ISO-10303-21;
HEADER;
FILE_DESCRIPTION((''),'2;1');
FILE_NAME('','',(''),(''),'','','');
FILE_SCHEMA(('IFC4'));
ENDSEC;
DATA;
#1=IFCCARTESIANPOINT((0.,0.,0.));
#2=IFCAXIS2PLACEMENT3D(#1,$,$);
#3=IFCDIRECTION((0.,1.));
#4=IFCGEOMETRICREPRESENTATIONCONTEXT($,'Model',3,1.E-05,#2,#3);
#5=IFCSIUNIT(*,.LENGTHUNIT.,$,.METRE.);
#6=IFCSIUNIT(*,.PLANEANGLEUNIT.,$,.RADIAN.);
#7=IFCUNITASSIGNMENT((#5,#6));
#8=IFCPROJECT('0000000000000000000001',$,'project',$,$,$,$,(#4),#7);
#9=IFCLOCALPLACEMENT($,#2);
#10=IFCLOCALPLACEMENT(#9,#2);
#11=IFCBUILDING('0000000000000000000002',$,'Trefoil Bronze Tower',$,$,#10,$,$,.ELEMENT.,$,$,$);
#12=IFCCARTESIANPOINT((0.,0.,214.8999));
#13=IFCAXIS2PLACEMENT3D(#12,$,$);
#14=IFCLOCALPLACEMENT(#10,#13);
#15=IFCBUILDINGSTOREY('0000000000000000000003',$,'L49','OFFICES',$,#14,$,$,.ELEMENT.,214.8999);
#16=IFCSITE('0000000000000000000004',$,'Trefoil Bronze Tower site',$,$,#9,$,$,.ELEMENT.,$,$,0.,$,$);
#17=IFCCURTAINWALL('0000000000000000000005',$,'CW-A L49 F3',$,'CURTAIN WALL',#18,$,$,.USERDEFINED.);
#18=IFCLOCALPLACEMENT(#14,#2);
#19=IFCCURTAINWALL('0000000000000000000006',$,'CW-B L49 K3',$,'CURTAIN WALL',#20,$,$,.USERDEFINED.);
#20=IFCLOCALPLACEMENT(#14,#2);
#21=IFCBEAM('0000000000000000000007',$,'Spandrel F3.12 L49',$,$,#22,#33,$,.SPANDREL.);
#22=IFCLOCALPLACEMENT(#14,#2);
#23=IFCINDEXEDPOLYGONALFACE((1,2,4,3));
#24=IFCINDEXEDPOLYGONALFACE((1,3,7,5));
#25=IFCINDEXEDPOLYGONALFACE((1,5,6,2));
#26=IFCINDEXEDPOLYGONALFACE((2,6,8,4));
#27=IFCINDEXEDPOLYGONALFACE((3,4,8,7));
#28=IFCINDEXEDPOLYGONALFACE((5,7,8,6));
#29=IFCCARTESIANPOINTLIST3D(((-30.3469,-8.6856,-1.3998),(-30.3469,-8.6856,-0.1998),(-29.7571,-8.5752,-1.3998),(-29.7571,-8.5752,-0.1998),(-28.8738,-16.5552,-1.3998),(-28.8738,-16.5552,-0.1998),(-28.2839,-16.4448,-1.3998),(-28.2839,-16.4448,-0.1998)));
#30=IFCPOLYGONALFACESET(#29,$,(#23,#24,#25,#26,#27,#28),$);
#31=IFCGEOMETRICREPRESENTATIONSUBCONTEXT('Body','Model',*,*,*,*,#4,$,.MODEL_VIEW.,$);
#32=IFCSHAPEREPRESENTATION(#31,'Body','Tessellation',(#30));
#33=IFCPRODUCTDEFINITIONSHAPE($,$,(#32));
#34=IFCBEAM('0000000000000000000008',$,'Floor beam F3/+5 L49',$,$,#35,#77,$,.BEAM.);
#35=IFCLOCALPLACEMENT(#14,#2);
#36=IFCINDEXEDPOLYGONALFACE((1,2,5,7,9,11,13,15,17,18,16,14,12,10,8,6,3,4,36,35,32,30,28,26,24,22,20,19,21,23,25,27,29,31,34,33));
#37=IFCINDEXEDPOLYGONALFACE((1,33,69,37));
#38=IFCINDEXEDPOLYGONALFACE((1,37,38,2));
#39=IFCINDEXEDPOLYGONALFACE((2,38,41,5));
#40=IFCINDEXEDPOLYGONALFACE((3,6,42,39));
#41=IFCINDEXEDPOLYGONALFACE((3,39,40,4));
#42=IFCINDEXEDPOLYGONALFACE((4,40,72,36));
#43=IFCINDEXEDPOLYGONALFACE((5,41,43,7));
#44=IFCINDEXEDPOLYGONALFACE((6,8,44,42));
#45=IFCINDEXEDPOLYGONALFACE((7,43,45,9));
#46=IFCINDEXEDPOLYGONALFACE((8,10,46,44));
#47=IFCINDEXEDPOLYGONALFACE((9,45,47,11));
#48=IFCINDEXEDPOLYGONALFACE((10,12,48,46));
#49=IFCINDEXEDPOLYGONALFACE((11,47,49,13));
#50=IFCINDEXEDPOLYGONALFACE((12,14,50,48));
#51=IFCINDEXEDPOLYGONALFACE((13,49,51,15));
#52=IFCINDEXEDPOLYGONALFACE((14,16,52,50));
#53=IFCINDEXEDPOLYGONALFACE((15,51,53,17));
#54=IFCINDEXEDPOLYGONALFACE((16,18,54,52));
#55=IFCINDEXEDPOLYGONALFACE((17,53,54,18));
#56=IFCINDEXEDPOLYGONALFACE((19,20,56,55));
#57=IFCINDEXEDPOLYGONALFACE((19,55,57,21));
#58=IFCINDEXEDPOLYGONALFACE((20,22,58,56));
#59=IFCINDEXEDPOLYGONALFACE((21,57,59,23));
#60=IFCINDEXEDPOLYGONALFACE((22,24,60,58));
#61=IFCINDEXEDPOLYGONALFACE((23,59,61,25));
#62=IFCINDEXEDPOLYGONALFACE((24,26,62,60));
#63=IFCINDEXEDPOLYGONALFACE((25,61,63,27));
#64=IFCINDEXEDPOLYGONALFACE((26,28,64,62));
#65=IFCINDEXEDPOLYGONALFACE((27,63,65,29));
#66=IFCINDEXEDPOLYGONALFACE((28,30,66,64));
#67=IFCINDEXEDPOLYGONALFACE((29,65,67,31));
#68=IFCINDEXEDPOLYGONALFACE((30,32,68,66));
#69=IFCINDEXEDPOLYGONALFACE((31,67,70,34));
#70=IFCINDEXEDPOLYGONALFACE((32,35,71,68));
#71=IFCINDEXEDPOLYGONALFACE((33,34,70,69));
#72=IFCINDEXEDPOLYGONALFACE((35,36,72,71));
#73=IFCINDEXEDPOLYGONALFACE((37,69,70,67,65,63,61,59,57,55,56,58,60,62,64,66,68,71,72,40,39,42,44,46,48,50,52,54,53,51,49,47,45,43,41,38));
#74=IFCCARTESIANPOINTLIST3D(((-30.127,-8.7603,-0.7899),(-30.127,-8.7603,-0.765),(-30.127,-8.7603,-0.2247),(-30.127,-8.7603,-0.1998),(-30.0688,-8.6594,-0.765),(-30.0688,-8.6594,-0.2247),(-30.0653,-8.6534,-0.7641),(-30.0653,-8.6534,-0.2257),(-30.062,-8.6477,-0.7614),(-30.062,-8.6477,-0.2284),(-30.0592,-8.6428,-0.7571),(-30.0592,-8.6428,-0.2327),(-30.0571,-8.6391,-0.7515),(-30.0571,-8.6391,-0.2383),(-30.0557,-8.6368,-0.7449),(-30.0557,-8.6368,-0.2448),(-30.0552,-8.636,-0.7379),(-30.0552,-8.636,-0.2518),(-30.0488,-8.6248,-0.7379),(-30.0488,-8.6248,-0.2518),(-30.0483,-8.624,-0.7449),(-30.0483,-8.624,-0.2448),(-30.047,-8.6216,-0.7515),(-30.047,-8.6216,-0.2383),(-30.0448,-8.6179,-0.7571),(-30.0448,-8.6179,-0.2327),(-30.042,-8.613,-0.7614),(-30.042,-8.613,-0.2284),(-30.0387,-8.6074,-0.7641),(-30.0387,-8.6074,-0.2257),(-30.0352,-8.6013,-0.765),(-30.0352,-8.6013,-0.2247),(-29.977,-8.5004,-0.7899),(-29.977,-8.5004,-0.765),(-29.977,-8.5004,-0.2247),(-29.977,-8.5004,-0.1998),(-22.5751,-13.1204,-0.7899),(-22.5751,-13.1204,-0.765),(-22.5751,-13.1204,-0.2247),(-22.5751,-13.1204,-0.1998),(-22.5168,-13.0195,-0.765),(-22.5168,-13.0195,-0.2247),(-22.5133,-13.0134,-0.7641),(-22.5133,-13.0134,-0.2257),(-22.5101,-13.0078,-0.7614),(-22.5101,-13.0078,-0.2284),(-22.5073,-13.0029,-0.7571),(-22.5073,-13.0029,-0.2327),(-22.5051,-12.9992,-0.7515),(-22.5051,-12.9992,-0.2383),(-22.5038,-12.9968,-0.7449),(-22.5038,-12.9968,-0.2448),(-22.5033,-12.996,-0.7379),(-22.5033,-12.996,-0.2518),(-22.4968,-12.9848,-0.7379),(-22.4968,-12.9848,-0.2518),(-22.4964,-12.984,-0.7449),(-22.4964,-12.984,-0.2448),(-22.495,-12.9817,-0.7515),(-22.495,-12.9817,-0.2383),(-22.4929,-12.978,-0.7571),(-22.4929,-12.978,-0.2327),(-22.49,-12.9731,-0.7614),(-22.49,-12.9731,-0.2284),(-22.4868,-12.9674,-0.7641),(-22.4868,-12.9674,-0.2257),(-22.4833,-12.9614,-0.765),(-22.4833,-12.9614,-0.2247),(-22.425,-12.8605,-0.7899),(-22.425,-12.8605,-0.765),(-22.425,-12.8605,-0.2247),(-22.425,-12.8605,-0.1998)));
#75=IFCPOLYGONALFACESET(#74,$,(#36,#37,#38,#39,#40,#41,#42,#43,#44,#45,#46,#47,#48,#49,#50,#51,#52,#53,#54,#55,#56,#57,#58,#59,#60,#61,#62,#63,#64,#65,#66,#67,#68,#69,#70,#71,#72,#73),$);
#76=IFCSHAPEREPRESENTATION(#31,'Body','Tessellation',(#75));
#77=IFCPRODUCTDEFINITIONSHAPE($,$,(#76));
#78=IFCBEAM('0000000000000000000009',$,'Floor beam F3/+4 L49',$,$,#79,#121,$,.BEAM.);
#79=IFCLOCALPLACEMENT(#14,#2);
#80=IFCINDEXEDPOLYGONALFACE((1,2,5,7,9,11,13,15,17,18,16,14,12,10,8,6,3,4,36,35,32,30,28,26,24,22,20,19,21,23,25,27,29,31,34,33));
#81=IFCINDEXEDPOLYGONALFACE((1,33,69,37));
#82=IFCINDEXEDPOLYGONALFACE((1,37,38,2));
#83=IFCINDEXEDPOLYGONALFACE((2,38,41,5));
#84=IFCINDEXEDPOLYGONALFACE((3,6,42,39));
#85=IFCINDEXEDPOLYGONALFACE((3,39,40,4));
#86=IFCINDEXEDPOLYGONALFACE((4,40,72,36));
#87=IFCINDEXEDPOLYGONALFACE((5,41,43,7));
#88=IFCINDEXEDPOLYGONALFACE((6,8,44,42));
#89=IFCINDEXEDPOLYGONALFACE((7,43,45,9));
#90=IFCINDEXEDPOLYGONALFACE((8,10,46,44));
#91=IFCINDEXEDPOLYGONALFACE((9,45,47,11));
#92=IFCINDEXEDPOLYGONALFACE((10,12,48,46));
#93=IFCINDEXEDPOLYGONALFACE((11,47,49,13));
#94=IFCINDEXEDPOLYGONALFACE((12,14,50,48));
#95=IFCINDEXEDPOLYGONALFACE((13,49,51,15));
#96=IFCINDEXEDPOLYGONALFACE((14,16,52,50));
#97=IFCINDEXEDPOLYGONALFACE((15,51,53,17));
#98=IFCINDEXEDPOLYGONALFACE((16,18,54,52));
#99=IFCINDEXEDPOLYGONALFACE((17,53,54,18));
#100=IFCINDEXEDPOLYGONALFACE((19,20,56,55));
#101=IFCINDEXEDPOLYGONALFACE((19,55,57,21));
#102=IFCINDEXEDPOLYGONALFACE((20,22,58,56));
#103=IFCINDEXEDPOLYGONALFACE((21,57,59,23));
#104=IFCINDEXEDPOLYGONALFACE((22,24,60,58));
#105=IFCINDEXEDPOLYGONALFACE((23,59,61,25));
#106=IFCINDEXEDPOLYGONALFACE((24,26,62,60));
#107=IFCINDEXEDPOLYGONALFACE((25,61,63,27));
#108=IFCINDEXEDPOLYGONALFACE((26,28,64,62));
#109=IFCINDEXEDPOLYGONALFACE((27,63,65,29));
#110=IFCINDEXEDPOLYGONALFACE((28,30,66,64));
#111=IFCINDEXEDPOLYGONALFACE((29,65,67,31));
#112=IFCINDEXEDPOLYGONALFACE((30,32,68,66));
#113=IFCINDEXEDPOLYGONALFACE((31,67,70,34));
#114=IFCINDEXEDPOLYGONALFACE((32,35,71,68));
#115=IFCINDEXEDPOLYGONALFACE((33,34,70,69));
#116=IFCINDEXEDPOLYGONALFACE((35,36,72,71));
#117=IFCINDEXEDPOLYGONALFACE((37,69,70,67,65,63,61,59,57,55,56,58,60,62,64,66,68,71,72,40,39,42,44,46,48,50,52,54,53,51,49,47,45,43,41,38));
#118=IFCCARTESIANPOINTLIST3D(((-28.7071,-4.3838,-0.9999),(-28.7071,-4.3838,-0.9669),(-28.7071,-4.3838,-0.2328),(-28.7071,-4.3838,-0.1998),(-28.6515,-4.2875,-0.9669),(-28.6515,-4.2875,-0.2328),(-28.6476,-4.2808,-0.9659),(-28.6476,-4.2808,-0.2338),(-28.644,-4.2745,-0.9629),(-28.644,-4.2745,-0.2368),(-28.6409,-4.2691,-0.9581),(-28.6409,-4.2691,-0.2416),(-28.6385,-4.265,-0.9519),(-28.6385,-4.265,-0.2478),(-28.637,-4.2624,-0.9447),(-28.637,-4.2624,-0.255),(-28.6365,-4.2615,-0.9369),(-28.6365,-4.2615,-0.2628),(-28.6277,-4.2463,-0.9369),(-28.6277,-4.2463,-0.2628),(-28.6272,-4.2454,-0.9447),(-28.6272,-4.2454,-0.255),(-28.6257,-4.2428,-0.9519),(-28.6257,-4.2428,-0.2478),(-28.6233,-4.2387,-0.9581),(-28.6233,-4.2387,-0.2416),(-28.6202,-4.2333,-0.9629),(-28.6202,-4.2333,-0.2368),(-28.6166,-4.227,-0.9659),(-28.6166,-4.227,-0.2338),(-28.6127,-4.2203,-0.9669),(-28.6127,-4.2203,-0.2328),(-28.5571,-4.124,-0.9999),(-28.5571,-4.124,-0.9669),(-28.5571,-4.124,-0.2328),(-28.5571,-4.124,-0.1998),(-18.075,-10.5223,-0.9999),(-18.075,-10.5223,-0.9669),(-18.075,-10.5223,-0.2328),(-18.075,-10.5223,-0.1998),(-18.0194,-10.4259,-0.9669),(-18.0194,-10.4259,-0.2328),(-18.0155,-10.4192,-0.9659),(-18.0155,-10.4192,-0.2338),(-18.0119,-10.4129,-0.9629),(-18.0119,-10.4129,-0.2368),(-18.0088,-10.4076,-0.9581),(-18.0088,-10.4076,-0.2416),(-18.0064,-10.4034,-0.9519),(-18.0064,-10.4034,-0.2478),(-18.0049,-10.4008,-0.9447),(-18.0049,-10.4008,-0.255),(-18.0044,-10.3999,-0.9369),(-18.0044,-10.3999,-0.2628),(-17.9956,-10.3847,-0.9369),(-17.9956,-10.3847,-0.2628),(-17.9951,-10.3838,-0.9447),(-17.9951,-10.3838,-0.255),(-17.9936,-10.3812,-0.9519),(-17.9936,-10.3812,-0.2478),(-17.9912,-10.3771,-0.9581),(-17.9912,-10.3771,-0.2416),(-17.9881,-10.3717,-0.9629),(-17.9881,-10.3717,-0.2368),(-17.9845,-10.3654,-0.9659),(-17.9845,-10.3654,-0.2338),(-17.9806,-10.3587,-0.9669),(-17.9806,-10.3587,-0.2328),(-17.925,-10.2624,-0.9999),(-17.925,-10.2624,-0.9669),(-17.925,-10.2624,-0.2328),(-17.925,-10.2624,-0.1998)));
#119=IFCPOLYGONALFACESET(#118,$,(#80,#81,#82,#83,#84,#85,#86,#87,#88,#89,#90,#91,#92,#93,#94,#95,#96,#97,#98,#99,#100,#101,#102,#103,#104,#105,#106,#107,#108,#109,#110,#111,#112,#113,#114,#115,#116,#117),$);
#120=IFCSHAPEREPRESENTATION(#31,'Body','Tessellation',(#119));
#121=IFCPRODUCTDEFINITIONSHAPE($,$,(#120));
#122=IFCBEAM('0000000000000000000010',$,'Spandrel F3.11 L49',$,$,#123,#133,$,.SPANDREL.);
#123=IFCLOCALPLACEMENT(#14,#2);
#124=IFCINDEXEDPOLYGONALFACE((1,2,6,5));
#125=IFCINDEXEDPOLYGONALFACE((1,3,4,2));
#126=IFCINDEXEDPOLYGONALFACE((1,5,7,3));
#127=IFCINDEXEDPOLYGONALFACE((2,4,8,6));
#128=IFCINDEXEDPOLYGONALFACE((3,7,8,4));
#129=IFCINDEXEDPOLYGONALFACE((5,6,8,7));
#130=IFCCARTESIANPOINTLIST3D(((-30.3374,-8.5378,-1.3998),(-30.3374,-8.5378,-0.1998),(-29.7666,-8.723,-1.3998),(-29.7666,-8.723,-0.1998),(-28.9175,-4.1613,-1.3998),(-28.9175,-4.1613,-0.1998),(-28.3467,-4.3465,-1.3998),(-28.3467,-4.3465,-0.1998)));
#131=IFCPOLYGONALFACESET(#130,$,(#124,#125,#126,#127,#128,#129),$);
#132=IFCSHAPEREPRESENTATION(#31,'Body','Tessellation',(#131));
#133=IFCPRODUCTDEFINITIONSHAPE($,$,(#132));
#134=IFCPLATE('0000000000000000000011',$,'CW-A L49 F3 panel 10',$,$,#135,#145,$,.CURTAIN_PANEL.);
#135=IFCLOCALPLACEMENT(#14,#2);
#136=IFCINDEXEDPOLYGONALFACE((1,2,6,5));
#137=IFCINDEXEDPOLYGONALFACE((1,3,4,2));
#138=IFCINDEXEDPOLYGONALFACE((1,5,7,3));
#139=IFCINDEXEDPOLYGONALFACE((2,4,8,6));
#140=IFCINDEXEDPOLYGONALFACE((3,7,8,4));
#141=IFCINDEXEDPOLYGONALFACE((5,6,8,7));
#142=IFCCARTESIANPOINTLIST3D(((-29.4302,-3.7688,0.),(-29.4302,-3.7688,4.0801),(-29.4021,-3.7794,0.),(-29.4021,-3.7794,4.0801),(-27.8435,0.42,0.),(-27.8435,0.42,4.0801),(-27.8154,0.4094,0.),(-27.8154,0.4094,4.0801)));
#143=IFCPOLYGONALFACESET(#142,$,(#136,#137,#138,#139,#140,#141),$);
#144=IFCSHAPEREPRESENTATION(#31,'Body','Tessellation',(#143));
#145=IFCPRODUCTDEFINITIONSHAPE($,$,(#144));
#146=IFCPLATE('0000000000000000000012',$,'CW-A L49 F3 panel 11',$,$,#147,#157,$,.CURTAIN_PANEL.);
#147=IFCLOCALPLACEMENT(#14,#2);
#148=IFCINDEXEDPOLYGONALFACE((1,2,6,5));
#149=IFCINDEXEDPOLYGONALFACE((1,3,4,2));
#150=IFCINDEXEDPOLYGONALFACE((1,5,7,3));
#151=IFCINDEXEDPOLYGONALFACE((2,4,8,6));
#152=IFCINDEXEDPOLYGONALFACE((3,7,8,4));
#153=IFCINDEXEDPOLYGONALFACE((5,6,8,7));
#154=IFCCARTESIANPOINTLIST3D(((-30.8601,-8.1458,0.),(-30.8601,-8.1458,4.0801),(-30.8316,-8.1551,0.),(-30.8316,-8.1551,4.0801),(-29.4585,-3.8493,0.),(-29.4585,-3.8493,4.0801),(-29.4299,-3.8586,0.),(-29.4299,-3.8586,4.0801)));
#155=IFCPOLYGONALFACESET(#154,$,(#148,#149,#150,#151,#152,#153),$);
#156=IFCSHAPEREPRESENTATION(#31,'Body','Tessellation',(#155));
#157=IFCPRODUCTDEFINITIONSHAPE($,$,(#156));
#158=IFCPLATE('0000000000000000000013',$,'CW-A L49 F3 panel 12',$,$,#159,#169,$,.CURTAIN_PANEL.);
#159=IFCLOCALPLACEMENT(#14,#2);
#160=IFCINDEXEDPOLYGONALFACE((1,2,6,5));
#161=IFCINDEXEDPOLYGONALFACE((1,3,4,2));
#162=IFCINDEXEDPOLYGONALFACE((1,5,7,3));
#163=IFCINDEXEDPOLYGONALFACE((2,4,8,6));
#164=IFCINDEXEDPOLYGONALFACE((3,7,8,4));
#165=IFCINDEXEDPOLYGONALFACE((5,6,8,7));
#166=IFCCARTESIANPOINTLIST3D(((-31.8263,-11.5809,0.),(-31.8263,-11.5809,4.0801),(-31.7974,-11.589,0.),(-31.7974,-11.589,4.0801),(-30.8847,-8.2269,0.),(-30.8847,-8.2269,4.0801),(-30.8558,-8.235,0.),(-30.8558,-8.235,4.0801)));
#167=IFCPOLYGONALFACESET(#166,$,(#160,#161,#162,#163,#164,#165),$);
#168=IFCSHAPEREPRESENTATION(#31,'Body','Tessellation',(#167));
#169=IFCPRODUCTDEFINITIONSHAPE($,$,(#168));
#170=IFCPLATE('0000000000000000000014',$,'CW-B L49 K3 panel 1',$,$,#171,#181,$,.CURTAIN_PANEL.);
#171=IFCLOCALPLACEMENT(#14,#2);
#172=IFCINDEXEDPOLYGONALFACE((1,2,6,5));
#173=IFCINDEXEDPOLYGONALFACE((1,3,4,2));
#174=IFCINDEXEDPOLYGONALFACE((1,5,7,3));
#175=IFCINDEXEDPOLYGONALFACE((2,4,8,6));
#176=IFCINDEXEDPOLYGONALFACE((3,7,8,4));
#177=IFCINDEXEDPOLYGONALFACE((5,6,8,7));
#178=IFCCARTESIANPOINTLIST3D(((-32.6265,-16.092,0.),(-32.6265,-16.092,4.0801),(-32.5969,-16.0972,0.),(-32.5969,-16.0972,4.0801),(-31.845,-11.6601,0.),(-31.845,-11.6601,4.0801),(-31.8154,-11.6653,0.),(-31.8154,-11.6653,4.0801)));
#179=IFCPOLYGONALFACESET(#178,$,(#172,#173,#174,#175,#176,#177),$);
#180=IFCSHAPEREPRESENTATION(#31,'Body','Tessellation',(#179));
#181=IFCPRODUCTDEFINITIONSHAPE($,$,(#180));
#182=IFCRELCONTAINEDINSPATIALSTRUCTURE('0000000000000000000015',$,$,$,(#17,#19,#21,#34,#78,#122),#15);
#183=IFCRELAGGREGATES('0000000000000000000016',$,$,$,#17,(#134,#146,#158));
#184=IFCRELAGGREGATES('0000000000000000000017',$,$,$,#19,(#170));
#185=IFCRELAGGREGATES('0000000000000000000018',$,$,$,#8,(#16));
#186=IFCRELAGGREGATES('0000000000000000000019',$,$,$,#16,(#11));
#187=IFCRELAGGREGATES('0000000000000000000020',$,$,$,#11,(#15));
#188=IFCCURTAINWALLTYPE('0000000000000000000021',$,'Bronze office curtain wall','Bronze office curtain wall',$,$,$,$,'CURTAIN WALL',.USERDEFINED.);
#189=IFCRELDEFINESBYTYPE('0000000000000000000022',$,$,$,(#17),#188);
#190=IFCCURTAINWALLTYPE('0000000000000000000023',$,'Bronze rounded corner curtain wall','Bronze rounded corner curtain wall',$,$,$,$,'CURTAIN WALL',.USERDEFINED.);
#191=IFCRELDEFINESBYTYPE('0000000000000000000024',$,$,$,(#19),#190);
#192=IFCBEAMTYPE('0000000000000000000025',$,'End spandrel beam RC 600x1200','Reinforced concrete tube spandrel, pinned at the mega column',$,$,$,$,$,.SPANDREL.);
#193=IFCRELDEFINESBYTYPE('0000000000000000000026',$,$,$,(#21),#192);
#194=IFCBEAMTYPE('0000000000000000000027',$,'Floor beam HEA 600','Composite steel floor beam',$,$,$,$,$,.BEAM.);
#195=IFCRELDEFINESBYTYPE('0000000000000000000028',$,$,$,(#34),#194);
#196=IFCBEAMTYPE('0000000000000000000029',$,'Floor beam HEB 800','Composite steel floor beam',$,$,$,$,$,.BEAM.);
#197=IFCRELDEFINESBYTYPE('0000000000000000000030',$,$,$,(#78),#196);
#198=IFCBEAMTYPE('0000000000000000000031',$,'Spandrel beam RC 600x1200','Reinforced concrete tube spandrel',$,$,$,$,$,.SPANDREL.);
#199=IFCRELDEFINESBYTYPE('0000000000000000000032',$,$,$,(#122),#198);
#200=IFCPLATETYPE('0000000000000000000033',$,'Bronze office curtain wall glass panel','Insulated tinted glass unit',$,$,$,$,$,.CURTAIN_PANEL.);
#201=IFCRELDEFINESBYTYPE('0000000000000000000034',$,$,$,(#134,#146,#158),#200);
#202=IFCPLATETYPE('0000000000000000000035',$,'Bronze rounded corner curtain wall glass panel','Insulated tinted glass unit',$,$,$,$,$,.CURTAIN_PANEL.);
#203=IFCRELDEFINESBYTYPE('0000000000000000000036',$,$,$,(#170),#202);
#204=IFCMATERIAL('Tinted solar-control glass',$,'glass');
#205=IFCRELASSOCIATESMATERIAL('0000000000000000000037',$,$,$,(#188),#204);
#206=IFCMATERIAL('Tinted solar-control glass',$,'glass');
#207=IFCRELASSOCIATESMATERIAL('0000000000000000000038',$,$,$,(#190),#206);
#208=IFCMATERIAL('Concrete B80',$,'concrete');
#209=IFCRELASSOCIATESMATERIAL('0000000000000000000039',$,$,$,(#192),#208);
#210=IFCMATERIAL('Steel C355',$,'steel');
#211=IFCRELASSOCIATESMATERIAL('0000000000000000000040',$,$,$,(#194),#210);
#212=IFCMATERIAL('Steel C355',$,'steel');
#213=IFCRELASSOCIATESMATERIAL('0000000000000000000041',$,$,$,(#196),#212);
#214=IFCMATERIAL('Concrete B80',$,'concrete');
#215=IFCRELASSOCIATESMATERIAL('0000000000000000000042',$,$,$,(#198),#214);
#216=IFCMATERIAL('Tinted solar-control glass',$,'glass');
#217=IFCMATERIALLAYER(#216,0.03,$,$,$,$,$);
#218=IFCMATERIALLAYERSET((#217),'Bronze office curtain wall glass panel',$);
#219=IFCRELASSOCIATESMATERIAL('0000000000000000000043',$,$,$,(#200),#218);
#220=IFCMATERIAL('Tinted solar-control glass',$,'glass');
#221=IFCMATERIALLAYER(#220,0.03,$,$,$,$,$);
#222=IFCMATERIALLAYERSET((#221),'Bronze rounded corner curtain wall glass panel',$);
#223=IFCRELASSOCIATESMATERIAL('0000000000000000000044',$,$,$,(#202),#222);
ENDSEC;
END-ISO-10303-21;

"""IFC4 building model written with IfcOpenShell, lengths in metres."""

from ifc_helpers import new_model, si_unit, direction, frame, origin, origin_2d, place, context, subcontext, project, spatial, rectangle, i_section, extrude, material, layer, layer_set, material_profile, profile_set, type_object, element, aggregate, save


model = new_model("IFC4")

# Units and contexts
model_context = context("Model", 3, precision=1e-05, world=origin(), true_north=direction((0.0, 1.0)))
body_context = subcontext(model_context, "Body", "Model", "MODEL_VIEW")
ifc_project = project(units=[si_unit("LENGTHUNIT", "METRE"), si_unit("PLANEANGLEUNIT", "RADIAN")], contexts=[model_context])

# Site, building, storey
site_placement = place(None, origin())
site = spatial("IfcSite", under=ifc_project, at=site_placement, Name="Trefoil Bronze Tower site", CompositionType="ELEMENT", RefElevation=0.0)
building_placement = place(site_placement, origin())
building = spatial("IfcBuilding", under=site, at=building_placement, Name="Trefoil Bronze Tower", CompositionType="ELEMENT")
storey_placement = place(building_placement, frame((0.0, 0.0, 214.8999)))
storey = spatial("IfcBuildingStorey", under=building, at=storey_placement, Name="L49", Description="OFFICES", CompositionType="ELEMENT", Elevation=214.8999)

# Curtain walls
ifc_material_1 = material(Name="Tinted solar-control glass", Category="glass")
curtain_wall_type_1 = type_object("IfcCurtainWallType", Name="Bronze office curtain wall", Description="Bronze office curtain wall", ElementType="CURTAIN WALL", PredefinedType="USERDEFINED", material=ifc_material_1)
curtain_wall_1_placement = place(storey_placement, origin())
curtain_wall_1 = element("IfcCurtainWall", 1, at=curtain_wall_1_placement, inside=storey, type_object=curtain_wall_type_1, Name="CW-A L49 F3", ObjectType="CURTAIN WALL", PredefinedType="USERDEFINED")
ifc_material_2 = material(Name="Tinted solar-control glass", Category="glass")
curtain_wall_type_2 = type_object("IfcCurtainWallType", Name="Bronze rounded corner curtain wall", Description="Bronze rounded corner curtain wall", ElementType="CURTAIN WALL", PredefinedType="USERDEFINED", material=ifc_material_2)
curtain_wall_2_placement = place(storey_placement, origin())
curtain_wall_2 = element("IfcCurtainWall", 2, at=curtain_wall_2_placement, inside=storey, type_object=curtain_wall_type_2, Name="CW-B L49 K3", ObjectType="CURTAIN WALL", PredefinedType="USERDEFINED")

# Beams
ifc_material_3 = material(Name="Concrete B80", Category="concrete")
ifc_material_profile_1 = material_profile(ifc_material_3, rectangle(XDim=0.6001, YDim=1.2, at=origin_2d()), Name="RC 600x1200")
ifc_profile_set_1 = profile_set([ifc_material_profile_1], Name="Concrete B80")
beam_type_1 = type_object("IfcBeamType", Name="End spandrel beam RC 600x1200", Description="Reinforced concrete tube spandrel, pinned at the mega column", PredefinedType="SPANDREL", material=ifc_profile_set_1)
for number, where, z_axis, x_axis, name in (
    (3, (-30.052, -8.6304, -0.7998), (0.183998, -0.982927, 0.0), (0.982927, 0.183998, 0.0), "Spandrel F3.12 L49"),
):
    element("IfcBeam", number, at=place(storey_placement, frame(where, z_axis=z_axis, x_axis=x_axis)), inside=storey, type_object=beam_type_1, Name=name, PredefinedType="SPANDREL", context=body_context, shape_type="SweptSolid", body=[
        extrude(rectangle(XDim=0.6001, YDim=1.2, at=origin_2d()), origin(), (0.0, 0.0, 1.0), 8.0063),
    ])
ifc_material_4 = material(Name="Steel C355", Category="steel")
ifc_material_profile_2 = material_profile(ifc_material_4, i_section(OverallWidth=0.3, OverallDepth=0.5901, WebThickness=0.0129, FlangeThickness=0.0249, FilletRadius=0.0271, at=origin_2d()), Name="HEA 600")
ifc_profile_set_2 = profile_set([ifc_material_profile_2], Name="Steel C355")
beam_type_2 = type_object("IfcBeamType", Name="Floor beam HEA 600", Description="Composite steel floor beam", PredefinedType="BEAM", material=ifc_profile_set_2)
beam_1_placement = place(storey_placement, frame((-30.052, -8.6304, -0.4949), z_axis=(0.866028, -0.499996, 0.0), x_axis=(0.499996, 0.866028, 0.0)))
element("IfcBeam", 4, at=beam_1_placement, inside=storey, type_object=beam_type_2, Name="Floor beam F3/+5 L49", PredefinedType="BEAM", context=body_context, shape_type="SweptSolid", body=[
    extrude(i_section(OverallWidth=0.3, OverallDepth=0.5901, WebThickness=0.0129, FlangeThickness=0.0249, FilletRadius=0.0271, at=origin_2d()), origin(), (0.0, 0.0, 1.0), 8.7202),
])
ifc_material_5 = material(Name="Steel C355", Category="steel")
ifc_material_profile_3 = material_profile(ifc_material_5, i_section(OverallWidth=0.3, OverallDepth=0.8, WebThickness=0.0176, FlangeThickness=0.033, FilletRadius=0.03, at=origin_2d()), Name="HEB 800")
ifc_profile_set_3 = profile_set([ifc_material_profile_3], Name="Steel C355")
beam_type_3 = type_object("IfcBeamType", Name="Floor beam HEB 800", Description="Composite steel floor beam", PredefinedType="BEAM", material=ifc_profile_set_3)
beam_2_placement = place(storey_placement, frame((-28.6321, -4.2539, -0.5999), z_axis=(0.866026, -0.5, 0.0), x_axis=(0.5, 0.866026, 0.0)))
element("IfcBeam", 5, at=beam_2_placement, inside=storey, type_object=beam_type_3, Name="Floor beam F3/+4 L49", PredefinedType="BEAM", context=body_context, shape_type="SweptSolid", body=[
    extrude(i_section(OverallWidth=0.3, OverallDepth=0.8, WebThickness=0.0176, FlangeThickness=0.033, FilletRadius=0.03, at=origin_2d()), origin(), (0.0, 0.0, 1.0), 12.2769),
])
ifc_material_6 = material(Name="Concrete B80", Category="concrete")
ifc_material_profile_4 = material_profile(ifc_material_6, rectangle(XDim=0.6001, YDim=1.2, at=origin_2d()), Name="RC 600x1200")
ifc_profile_set_4 = profile_set([ifc_material_profile_4], Name="Concrete B80")
beam_type_4 = type_object("IfcBeamType", Name="Spandrel beam RC 600x1200", Description="Reinforced concrete tube spandrel", PredefinedType="SPANDREL", material=ifc_profile_set_4)
beam_3_placement = place(storey_placement, frame((-28.6321, -4.2539, -0.7998), z_axis=(-0.308609, -0.951189, 0.0), x_axis=(0.951189, -0.308609, 0.0)))
element("IfcBeam", 6, at=beam_3_placement, inside=storey, type_object=beam_type_4, Name="Spandrel F3.11 L49", PredefinedType="SPANDREL", context=body_context, shape_type="SweptSolid", body=[
    extrude(rectangle(XDim=0.6001, YDim=1.2, at=origin_2d()), origin(), (0.0, 0.0, 1.0), 4.6011),
])

# Plates
ifc_material_7 = material(Name="Tinted solar-control glass", Category="glass")
ifc_layer_1 = layer(ifc_material_7, 0.03)
ifc_layer_set_1 = layer_set([ifc_layer_1], Name="Bronze office curtain wall glass panel")
plate_type_1 = type_object("IfcPlateType", Name="Bronze office curtain wall glass panel", Description="Insulated tinted glass unit", PredefinedType="CURTAIN_PANEL", material=ifc_layer_set_1)
plate_1_placement = place(storey_placement, frame((-28.6228, -1.6797, 0.0), z_axis=(0.0, 0.0, 1.0), x_axis=(-0.354234, -0.935157, 0.0)))
plate_1 = element("IfcPlate", 7, at=plate_1_placement, type_object=plate_type_1, Name="CW-A L49 F3 panel 10", PredefinedType="CURTAIN_PANEL", context=body_context, shape_type="SweptSolid", body=[
    extrude(rectangle(XDim=4.4792, YDim=0.03, at=origin_2d()), origin(), (0.0, 0.0, 1.0), 4.0801),
])
plate_2_placement = place(storey_placement, frame((-30.145, -6.0022, 0.0), z_axis=(0.0, 0.0, 1.0), x_axis=(-0.310149, -0.950688, 0.0)))
plate_2 = element("IfcPlate", 8, at=plate_2_placement, type_object=plate_type_1, Name="CW-A L49 F3 panel 11", PredefinedType="CURTAIN_PANEL", context=body_context, shape_type="SweptSolid", body=[
    extrude(rectangle(XDim=4.5193, YDim=0.03, at=origin_2d()), origin(), (0.0, 0.0, 1.0), 4.0801),
])
plate_3_placement = place(storey_placement, frame((-31.3411, -9.908, 0.0), z_axis=(0.0, 0.0, 1.0), x_axis=(-0.270282, -0.962781, 0.0)))
plate_3 = element("IfcPlate", 9, at=plate_3_placement, type_object=plate_type_1, Name="CW-A L49 F3 panel 12", PredefinedType="CURTAIN_PANEL", context=body_context, shape_type="SweptSolid", body=[
    extrude(rectangle(XDim=3.4836, YDim=0.03, at=origin_2d()), origin(), (0.0, 0.0, 1.0), 4.0801),
])
aggregate(curtain_wall_1, [plate_1, plate_2, plate_3])
ifc_material_8 = material(Name="Tinted solar-control glass", Category="glass")
ifc_layer_2 = layer(ifc_material_8, 0.03)
ifc_layer_set_2 = layer_set([ifc_layer_2], Name="Bronze rounded corner curtain wall glass panel")
plate_type_2 = type_object("IfcPlateType", Name="Bronze rounded corner curtain wall glass panel", Description="Insulated tinted glass unit", PredefinedType="CURTAIN_PANEL", material=ifc_layer_set_2)
plate_4_placement = place(storey_placement, frame((-32.2209, -13.8787, 0.0), z_axis=(0.0, 0.0, 1.0), x_axis=(-0.173648, -0.984808, 0.0)))
plate_4 = element("IfcPlate", 10, at=plate_4_placement, type_object=plate_type_2, Name="CW-B L49 K3 panel 1", PredefinedType="CURTAIN_PANEL", context=body_context, shape_type="SweptSolid", body=[
    extrude(rectangle(XDim=4.5002, YDim=0.03, at=origin_2d()), origin(), (0.0, 0.0, 1.0), 4.0801),
])
aggregate(curtain_wall_2, [plate_4])

save(model, "model.ifc")
